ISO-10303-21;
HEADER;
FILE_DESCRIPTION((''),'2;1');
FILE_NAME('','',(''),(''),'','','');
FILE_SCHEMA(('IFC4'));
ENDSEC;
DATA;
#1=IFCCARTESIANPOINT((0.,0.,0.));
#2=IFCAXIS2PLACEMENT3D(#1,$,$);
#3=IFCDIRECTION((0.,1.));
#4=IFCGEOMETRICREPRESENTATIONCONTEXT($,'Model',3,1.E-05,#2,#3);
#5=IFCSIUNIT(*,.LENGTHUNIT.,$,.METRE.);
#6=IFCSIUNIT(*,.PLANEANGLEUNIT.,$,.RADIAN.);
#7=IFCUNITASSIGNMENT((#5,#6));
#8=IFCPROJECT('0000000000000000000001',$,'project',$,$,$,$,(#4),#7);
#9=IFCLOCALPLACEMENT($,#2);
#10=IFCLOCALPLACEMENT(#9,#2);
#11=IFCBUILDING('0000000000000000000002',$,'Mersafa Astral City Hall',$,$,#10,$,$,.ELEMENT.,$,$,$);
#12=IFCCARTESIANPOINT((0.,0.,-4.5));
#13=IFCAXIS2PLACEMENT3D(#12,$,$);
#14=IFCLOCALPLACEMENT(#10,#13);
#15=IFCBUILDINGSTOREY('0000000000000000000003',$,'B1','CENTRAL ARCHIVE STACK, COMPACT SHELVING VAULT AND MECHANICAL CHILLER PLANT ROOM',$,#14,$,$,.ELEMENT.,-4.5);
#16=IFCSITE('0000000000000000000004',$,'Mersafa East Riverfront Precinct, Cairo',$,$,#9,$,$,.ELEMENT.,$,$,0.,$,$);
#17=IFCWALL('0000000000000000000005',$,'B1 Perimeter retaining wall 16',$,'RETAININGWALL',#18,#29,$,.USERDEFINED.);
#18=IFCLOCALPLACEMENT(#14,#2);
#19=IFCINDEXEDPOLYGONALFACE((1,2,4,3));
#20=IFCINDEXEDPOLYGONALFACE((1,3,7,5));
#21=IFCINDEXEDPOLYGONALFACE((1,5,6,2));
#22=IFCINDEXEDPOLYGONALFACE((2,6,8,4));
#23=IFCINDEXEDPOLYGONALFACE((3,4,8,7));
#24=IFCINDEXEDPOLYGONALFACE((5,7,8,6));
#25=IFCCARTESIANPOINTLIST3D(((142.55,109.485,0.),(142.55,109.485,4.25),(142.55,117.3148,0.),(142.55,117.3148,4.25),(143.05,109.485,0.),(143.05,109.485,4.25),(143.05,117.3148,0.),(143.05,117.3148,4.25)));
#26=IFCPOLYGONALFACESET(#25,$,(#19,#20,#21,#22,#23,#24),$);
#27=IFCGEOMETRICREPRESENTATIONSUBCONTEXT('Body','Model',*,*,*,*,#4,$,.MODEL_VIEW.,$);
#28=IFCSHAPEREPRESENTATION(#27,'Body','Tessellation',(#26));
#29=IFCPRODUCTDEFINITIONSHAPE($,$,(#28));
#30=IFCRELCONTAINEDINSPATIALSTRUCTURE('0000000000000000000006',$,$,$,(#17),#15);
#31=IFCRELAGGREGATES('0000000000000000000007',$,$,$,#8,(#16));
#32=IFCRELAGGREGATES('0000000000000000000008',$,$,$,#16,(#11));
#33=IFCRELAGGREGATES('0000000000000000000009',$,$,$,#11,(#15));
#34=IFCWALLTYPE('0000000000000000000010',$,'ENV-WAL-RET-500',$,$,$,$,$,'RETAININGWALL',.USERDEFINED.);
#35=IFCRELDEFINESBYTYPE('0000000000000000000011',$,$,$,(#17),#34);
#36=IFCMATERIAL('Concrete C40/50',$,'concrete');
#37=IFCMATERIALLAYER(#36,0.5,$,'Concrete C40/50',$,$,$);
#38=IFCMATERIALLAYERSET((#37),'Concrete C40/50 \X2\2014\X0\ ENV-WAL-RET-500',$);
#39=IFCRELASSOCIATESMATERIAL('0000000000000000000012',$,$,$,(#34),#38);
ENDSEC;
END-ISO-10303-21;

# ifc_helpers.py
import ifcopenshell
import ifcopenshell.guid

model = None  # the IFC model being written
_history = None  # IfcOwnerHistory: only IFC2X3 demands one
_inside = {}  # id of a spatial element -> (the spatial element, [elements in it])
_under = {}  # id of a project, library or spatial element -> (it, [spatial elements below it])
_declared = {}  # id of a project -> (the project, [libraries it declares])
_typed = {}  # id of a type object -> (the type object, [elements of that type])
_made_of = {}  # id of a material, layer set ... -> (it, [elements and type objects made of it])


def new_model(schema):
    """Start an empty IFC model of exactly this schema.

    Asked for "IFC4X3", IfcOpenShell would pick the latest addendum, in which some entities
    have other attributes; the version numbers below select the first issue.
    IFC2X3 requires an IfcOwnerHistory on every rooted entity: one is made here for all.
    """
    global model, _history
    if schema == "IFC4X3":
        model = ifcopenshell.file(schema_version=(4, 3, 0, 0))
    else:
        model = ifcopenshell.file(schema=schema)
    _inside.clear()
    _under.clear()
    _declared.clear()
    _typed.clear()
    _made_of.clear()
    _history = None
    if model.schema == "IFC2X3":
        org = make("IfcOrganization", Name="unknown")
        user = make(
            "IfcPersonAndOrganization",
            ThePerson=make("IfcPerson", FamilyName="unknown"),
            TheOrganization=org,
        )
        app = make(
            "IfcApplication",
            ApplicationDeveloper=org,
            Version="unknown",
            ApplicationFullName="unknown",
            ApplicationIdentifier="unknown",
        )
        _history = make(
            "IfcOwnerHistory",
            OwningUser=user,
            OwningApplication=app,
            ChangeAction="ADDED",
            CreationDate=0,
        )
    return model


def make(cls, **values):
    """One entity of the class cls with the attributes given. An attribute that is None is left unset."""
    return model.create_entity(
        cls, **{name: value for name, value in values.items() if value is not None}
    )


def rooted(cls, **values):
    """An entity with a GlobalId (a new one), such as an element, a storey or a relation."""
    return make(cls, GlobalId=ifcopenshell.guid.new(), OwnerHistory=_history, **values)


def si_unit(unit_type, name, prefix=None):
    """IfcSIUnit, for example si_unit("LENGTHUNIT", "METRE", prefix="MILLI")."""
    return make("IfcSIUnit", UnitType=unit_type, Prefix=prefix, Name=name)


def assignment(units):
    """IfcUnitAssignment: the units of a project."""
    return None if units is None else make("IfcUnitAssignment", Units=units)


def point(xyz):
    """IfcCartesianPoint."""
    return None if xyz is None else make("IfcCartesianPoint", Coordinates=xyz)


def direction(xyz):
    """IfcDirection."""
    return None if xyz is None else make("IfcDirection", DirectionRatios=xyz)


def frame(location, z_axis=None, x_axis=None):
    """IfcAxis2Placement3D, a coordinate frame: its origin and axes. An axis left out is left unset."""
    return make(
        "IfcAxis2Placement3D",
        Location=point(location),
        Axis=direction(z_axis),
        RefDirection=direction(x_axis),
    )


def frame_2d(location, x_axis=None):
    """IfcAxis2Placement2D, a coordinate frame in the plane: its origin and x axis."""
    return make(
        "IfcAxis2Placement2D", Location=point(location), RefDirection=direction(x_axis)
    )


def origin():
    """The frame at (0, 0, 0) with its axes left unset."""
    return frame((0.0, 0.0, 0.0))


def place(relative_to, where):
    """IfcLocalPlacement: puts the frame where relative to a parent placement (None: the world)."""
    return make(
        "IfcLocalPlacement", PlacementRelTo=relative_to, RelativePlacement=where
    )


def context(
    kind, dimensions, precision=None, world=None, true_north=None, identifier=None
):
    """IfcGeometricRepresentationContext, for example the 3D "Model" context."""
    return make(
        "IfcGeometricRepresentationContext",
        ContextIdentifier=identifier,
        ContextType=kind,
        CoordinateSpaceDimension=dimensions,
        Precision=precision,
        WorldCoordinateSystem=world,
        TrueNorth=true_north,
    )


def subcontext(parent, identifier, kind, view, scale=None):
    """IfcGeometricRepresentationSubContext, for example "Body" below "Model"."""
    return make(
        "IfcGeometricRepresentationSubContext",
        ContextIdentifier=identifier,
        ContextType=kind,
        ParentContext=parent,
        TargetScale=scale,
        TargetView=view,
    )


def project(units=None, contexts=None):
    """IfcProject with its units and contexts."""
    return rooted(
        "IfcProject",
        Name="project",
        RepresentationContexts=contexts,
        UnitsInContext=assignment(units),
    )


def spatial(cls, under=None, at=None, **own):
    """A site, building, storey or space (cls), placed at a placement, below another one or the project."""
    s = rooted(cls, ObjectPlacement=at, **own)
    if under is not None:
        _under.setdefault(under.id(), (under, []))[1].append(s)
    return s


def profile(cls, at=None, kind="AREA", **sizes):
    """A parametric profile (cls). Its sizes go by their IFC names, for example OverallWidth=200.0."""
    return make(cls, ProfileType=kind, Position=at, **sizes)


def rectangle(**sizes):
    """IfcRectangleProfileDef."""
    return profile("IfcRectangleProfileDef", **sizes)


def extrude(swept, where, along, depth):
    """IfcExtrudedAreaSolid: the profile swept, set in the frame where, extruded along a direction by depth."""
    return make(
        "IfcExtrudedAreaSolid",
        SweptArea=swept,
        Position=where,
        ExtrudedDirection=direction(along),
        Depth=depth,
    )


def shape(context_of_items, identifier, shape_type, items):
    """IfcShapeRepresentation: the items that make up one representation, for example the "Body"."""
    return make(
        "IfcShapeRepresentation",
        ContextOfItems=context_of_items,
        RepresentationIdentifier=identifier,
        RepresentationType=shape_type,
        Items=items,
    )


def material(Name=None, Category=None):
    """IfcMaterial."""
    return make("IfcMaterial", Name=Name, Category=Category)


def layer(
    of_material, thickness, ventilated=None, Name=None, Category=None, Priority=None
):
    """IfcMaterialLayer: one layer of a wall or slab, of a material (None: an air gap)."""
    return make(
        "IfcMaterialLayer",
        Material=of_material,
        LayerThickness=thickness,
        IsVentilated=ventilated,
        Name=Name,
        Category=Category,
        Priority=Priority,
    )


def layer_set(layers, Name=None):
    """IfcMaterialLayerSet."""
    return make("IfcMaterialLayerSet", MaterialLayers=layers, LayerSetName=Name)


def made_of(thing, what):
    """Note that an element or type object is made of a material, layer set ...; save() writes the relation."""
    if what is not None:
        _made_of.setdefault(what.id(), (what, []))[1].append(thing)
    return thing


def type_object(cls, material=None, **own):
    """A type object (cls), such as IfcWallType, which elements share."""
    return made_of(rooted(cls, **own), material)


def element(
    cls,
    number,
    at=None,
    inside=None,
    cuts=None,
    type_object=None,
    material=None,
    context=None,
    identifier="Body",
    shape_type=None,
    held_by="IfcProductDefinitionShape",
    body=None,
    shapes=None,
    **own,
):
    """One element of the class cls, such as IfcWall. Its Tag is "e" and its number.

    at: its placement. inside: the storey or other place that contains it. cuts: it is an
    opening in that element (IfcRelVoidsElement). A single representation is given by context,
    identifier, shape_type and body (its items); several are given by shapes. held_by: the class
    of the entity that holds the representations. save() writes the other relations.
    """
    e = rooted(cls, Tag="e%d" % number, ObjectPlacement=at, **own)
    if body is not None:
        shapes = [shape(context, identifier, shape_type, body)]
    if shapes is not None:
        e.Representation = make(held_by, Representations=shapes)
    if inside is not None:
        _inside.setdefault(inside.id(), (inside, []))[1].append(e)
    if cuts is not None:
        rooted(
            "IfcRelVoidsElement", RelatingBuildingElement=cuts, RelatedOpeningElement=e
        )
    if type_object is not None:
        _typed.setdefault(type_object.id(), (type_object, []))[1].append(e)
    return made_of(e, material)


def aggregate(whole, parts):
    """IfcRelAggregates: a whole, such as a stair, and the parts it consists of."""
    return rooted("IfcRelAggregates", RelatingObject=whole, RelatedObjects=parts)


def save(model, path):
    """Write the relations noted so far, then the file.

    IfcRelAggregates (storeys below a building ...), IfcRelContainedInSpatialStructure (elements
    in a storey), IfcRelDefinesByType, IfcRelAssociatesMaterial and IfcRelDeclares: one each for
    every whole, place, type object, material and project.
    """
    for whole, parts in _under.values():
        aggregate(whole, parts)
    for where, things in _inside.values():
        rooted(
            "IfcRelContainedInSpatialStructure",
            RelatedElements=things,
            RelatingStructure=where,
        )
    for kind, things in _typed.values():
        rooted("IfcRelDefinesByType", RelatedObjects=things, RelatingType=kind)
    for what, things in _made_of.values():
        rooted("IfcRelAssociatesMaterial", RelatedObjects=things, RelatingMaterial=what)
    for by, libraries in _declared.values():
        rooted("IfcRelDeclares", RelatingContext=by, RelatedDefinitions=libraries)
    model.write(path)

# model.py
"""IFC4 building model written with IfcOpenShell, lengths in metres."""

from ifc_helpers import new_model, si_unit, direction, frame, frame_2d, origin, place, context, subcontext, project, spatial, rectangle, extrude, material, layer, layer_set, type_object, element, save


model = new_model("IFC4")

# Units and contexts
model_context = context("Model", 3, precision=1e-05, world=origin(), true_north=direction((0.0, 1.0)))
body_context = subcontext(model_context, "Body", "Model", "MODEL_VIEW")
ifc_project = project(units=[si_unit("LENGTHUNIT", "METRE"), si_unit("PLANEANGLEUNIT", "RADIAN")], contexts=[model_context])

# Site, building, storey
site_placement = place(None, origin())
site = spatial("IfcSite", under=ifc_project, at=site_placement, Name="Mersafa East Riverfront Precinct, Cairo", CompositionType="ELEMENT", RefElevation=0.0)
building_placement = place(site_placement, origin())
building = spatial("IfcBuilding", under=site, at=building_placement, Name="Mersafa Astral City Hall", CompositionType="ELEMENT")
storey_placement = place(building_placement, frame((0.0, 0.0, -4.5)))
storey = spatial("IfcBuildingStorey", under=building, at=storey_placement, Name="B1", Description="CENTRAL ARCHIVE STACK, COMPACT SHELVING VAULT AND MECHANICAL CHILLER PLANT ROOM", CompositionType="ELEMENT", Elevation=-4.5)

# Shared definitions
ifc_material_1 = material(Name="Concrete C40/50", Category="concrete")

# Wall
ifc_layer_1 = layer(ifc_material_1, 0.5, Name="Concrete C40/50")
ifc_layer_set_1 = layer_set([ifc_layer_1], Name="Concrete C40/50 — ENV-WAL-RET-500")
wall_type_1 = type_object("IfcWallType", Name="ENV-WAL-RET-500", ElementType="RETAININGWALL", PredefinedType="USERDEFINED", material=ifc_layer_set_1)
wall_1_placement = place(storey_placement, frame((142.8, 117.3149, 0.0), z_axis=(0.0, 0.0, 1.0), x_axis=(0.0, -1.0, 0.0)))
element("IfcWall", 1, at=wall_1_placement, inside=storey, type_object=wall_type_1, Name="B1 Perimeter retaining wall 16", ObjectType="RETAININGWALL", PredefinedType="USERDEFINED", context=body_context, shape_type="SweptSolid", body=[
    extrude(rectangle(XDim=7.8298, YDim=0.5, at=frame_2d((3.915, 0.0))), origin(), (0.0, 0.0, 1.0), 4.25),
])

save(model, "model.ifc")
